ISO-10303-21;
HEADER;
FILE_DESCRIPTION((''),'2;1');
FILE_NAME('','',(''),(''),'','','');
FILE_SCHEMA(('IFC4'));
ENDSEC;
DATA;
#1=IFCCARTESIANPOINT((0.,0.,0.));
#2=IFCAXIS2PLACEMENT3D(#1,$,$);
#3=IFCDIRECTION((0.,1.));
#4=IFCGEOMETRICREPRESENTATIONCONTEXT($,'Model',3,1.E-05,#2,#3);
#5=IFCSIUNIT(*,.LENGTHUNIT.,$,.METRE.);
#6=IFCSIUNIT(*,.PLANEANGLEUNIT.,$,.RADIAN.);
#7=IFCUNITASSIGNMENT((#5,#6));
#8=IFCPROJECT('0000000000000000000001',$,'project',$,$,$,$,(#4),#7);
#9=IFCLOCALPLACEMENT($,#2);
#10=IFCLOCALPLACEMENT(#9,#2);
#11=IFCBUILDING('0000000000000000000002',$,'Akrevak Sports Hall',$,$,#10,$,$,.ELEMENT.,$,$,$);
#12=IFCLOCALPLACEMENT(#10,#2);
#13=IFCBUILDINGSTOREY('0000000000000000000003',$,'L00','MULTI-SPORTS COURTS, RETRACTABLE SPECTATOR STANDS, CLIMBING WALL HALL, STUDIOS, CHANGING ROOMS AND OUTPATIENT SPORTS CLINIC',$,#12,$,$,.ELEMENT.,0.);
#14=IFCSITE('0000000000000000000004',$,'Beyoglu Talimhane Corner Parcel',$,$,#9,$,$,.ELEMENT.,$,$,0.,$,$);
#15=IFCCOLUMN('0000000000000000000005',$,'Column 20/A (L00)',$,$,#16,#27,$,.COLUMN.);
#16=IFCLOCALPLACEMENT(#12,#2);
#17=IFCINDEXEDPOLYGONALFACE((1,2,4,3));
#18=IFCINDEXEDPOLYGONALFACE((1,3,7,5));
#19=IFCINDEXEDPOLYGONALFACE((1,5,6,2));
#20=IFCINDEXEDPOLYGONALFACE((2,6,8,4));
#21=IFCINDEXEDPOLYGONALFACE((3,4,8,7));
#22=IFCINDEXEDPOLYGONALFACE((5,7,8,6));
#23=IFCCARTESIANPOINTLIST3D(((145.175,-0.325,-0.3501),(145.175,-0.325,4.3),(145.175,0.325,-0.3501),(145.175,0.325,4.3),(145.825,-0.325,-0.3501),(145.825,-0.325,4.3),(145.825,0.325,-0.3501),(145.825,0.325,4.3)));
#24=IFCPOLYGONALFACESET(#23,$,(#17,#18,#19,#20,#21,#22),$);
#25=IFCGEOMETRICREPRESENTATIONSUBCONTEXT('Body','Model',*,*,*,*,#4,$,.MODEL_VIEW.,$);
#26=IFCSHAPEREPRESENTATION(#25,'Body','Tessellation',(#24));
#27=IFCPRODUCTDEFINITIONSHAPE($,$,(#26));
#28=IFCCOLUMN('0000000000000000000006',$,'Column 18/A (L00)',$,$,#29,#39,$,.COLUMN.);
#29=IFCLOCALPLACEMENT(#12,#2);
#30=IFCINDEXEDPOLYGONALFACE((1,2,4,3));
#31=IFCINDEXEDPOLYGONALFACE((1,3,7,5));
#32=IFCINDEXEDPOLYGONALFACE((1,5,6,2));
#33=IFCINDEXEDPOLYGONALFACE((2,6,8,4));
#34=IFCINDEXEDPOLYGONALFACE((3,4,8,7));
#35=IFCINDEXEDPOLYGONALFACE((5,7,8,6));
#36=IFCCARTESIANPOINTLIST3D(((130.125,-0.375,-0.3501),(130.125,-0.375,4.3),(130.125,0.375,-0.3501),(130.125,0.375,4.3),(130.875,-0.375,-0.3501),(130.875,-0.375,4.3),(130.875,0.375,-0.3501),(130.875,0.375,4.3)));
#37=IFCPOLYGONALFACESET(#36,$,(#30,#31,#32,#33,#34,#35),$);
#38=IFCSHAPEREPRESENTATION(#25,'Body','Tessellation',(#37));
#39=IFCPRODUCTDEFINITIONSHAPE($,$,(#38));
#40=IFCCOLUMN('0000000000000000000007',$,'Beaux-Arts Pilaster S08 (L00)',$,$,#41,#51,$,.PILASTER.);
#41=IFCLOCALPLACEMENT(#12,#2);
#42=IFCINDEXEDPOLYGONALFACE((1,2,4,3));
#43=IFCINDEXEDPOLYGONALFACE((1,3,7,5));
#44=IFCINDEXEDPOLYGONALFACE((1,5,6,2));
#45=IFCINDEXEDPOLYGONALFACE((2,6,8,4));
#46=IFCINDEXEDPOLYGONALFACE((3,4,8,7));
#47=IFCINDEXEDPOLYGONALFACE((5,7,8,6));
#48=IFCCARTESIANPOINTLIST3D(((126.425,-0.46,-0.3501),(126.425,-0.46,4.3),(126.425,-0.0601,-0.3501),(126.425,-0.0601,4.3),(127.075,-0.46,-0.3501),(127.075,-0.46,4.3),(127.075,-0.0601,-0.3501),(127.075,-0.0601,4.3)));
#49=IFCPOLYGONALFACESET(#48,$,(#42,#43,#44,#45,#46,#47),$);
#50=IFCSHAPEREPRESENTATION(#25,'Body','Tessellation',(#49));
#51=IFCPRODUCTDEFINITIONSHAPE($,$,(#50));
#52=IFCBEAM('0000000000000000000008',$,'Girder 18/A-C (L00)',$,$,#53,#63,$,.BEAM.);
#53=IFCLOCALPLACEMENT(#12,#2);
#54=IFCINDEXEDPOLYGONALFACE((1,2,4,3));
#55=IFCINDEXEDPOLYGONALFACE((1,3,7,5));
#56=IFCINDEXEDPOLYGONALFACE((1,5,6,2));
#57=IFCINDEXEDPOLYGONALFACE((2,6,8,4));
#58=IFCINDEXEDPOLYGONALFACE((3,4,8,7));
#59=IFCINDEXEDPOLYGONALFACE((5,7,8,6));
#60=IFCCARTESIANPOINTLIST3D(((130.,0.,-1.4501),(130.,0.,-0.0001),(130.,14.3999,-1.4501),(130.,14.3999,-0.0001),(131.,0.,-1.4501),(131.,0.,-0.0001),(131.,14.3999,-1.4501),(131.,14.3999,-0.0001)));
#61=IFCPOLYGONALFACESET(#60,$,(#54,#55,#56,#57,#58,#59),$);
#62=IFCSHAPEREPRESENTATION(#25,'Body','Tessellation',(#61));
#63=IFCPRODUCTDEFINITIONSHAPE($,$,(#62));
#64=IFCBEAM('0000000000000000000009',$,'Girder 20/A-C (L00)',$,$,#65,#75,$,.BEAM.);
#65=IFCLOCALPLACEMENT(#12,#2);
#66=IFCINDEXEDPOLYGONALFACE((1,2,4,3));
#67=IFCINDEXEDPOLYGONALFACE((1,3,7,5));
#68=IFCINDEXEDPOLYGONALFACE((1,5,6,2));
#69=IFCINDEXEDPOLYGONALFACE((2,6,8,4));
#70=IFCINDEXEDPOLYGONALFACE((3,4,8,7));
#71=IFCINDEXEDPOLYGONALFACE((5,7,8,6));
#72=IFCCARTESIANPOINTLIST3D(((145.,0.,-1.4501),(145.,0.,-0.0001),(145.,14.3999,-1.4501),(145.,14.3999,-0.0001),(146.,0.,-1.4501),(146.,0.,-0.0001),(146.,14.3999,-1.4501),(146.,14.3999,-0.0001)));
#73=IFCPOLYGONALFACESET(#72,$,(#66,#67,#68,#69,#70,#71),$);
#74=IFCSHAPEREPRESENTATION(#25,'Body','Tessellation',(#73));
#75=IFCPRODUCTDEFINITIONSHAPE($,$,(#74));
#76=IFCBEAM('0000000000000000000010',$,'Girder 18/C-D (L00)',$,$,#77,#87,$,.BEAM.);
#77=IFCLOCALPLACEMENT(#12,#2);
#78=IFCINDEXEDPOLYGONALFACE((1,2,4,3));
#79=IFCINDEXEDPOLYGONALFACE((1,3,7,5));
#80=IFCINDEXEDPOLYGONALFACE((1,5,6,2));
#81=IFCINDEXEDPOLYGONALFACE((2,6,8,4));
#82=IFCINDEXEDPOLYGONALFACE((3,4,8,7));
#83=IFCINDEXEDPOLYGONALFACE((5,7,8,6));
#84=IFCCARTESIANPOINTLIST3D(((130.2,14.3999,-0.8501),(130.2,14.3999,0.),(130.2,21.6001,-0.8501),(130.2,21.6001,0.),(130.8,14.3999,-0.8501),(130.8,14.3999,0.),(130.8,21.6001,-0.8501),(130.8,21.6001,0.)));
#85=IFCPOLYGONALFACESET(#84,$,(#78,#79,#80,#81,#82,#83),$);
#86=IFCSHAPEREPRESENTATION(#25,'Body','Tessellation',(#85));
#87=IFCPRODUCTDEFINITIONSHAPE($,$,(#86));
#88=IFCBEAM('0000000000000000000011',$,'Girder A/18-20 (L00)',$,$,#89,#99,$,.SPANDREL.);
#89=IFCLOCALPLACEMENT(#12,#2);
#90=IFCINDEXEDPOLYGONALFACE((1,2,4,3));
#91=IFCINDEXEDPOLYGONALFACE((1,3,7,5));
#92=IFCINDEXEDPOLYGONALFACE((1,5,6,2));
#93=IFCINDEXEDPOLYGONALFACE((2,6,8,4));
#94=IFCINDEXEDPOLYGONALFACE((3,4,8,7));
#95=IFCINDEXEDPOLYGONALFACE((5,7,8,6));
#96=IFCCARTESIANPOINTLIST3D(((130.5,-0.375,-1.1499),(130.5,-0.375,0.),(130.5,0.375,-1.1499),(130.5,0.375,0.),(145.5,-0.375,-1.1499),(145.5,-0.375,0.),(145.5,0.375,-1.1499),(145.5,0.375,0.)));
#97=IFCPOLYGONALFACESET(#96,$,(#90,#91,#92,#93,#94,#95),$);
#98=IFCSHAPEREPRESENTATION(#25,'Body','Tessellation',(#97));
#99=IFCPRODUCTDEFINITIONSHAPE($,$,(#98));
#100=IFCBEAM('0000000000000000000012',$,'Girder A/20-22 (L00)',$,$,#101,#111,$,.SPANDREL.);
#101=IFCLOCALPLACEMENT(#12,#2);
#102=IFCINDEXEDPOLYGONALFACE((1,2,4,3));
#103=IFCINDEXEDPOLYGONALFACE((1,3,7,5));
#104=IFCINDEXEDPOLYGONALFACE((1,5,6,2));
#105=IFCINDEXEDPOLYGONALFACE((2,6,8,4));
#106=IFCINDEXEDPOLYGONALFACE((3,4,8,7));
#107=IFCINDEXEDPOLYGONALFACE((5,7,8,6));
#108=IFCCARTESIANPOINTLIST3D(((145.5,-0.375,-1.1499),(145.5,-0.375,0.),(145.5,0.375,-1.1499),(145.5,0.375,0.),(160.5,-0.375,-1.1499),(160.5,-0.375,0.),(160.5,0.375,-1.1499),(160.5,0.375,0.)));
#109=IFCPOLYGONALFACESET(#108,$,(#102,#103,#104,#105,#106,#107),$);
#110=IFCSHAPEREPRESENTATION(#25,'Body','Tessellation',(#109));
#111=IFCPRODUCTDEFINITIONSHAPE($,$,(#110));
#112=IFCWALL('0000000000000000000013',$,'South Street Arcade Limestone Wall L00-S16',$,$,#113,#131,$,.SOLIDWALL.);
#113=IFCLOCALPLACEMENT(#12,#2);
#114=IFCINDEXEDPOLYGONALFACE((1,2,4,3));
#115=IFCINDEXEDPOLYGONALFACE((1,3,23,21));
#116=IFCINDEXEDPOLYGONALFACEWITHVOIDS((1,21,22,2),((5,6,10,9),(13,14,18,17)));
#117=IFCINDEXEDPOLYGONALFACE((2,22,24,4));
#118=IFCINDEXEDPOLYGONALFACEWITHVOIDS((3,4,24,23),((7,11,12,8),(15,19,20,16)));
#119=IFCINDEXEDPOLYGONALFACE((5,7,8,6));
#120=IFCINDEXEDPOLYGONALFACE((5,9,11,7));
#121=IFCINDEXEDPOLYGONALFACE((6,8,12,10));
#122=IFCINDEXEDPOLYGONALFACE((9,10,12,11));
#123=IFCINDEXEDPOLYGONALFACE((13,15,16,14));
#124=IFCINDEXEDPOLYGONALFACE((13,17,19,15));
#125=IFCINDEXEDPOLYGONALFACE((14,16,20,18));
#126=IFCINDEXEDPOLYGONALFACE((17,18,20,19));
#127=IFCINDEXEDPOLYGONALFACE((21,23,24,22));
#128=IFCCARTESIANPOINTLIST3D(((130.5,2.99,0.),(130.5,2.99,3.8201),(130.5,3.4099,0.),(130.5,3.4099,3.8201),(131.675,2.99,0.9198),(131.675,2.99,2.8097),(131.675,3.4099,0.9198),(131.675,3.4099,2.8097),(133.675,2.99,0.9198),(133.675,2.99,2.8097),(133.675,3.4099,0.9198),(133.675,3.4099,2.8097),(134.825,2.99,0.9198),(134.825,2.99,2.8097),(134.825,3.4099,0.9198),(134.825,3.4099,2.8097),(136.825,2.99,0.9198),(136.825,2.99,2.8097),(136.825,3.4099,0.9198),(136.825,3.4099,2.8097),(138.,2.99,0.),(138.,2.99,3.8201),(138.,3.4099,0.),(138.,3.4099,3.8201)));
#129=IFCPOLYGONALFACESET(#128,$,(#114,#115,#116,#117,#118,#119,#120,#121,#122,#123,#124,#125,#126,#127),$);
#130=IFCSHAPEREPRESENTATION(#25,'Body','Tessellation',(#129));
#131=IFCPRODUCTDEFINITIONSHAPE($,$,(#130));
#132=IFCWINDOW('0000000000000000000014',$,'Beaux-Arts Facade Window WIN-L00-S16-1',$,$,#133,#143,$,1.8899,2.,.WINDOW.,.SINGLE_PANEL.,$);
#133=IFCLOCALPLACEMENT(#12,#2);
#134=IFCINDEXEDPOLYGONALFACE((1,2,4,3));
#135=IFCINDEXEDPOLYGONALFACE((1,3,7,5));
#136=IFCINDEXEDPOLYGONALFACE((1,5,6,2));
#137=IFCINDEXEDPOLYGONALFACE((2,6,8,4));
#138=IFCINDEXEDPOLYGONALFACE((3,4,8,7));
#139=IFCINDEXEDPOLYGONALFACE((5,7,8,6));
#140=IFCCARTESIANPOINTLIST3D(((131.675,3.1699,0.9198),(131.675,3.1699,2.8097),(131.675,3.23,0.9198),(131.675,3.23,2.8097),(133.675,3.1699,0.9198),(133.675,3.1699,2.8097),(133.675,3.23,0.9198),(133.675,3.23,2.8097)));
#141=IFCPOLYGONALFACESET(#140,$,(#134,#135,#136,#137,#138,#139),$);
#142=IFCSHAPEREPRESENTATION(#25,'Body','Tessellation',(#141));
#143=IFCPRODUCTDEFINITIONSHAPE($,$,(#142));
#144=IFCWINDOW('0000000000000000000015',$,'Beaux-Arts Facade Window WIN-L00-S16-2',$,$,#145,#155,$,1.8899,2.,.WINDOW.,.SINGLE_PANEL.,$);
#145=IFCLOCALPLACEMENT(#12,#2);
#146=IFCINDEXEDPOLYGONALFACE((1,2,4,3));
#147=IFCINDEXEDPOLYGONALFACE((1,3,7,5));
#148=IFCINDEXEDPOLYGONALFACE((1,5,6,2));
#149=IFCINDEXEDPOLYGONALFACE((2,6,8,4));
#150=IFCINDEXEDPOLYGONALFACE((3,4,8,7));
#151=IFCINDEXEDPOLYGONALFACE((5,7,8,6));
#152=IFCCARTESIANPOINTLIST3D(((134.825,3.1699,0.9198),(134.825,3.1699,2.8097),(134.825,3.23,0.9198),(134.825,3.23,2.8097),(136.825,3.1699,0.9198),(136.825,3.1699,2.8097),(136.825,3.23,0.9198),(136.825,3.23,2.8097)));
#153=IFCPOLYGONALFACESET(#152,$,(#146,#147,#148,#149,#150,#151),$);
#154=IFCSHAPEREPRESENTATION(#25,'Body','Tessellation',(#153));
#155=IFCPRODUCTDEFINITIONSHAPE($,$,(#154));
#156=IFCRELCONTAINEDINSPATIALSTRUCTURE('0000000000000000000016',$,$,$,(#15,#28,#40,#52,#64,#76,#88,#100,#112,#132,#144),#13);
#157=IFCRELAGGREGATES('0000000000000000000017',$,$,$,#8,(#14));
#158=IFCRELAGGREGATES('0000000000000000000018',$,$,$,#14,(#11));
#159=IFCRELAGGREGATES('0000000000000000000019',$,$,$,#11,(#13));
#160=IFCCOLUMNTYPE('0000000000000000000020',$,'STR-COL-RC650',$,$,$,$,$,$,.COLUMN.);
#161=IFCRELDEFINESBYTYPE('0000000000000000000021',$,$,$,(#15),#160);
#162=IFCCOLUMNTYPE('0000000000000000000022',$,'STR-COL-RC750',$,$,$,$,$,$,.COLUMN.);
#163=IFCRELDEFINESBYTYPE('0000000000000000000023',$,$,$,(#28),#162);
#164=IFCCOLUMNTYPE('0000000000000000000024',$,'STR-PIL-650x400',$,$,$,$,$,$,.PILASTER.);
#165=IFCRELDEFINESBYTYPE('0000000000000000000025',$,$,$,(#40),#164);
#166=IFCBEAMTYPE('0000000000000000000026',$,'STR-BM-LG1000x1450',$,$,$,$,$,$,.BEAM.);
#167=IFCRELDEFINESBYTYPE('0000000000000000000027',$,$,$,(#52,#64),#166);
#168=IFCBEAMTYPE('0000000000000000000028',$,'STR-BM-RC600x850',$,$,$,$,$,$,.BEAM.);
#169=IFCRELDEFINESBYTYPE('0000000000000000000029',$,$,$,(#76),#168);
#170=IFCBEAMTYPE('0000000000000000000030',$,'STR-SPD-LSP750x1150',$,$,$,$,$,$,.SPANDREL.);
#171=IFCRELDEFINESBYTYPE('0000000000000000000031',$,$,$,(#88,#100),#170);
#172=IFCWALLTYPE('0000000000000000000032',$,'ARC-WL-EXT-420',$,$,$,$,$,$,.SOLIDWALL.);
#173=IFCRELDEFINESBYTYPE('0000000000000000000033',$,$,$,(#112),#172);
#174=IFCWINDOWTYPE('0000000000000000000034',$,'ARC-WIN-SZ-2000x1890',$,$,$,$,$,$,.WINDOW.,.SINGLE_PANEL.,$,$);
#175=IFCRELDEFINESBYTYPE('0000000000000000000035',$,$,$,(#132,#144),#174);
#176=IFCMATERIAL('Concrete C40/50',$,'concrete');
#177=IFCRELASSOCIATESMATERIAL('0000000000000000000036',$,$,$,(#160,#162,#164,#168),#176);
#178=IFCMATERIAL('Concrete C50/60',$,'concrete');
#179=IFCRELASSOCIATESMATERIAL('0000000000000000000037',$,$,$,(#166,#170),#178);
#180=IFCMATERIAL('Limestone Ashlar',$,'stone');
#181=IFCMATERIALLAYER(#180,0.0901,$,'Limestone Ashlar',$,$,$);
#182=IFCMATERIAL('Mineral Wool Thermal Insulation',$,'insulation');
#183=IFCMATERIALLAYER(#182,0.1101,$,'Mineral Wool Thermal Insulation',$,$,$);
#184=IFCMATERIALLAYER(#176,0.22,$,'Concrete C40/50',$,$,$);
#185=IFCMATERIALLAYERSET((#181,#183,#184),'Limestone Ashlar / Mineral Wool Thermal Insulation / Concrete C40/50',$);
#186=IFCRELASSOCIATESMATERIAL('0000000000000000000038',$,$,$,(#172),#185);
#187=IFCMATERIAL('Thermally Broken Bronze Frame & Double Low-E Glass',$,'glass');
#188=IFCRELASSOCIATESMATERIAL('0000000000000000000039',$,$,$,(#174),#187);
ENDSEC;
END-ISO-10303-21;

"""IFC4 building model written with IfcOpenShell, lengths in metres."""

from ifc_helpers import new_model, si_unit, direction, frame, frame_2d, origin, origin_2d, place, context, subcontext, project, spatial, rectangle, extrude, material, layer, layer_set, material_profile, profile_set, type_object, element, fill, save


model = new_model("IFC4")

# Units and contexts
model_context = context("Model", 3, precision=1e-05, world=origin(), true_north=direction((0.0, 1.0)))
body_context = subcontext(model_context, "Body", "Model", "MODEL_VIEW")
ifc_project = project(units=[si_unit("LENGTHUNIT", "METRE"), si_unit("PLANEANGLEUNIT", "RADIAN")], contexts=[model_context])

# Site, building, storey
site_placement = place(None, origin())
site = spatial("IfcSite", under=ifc_project, at=site_placement, Name="Beyoglu Talimhane Corner Parcel", CompositionType="ELEMENT", RefElevation=0.0)
building_placement = place(site_placement, origin())
building = spatial("IfcBuilding", under=site, at=building_placement, Name="Akrevak Sports Hall", CompositionType="ELEMENT")
storey_placement = place(building_placement, origin())
storey = spatial("IfcBuildingStorey", under=building, at=storey_placement, Name="L00", Description="MULTI-SPORTS COURTS, RETRACTABLE SPECTATOR STANDS, CLIMBING WALL HALL, STUDIOS, CHANGING ROOMS AND OUTPATIENT SPORTS CLINIC", CompositionType="ELEMENT", Elevation=0.0)

# Columns
ifc_material_1 = material(Name="Concrete C40/50", Category="concrete")
ifc_material_profile_1 = material_profile(ifc_material_1, rectangle(XDim=0.6499, YDim=0.6499, at=origin_2d()), Name="RC 650x650", Category="concrete")
ifc_profile_set_1 = profile_set([ifc_material_profile_1], Name="Concrete C40/50")
column_type_1 = type_object("IfcColumnType", Name="STR-COL-RC650", PredefinedType="COLUMN", material=ifc_profile_set_1)
column_1_placement = place(storey_placement, frame((145.5, 0.0, -0.3501), z_axis=(0.0, 0.0, 1.0), x_axis=(1.0, 0.0, 0.0)))
element("IfcColumn", 1, at=column_1_placement, inside=storey, type_object=column_type_1, Name="Column 20/A (L00)", PredefinedType="COLUMN", context=body_context, shape_type="SweptSolid", body=[
    extrude(rectangle(XDim=0.6499, YDim=0.6499, at=origin_2d()), origin(), (0.0, 0.0, 1.0), 4.6501),
])
ifc_material_profile_2 = material_profile(ifc_material_1, rectangle(XDim=0.75, YDim=0.75, at=origin_2d()), Name="RC 750x750", Category="concrete")
ifc_profile_set_2 = profile_set([ifc_material_profile_2], Name="Concrete C40/50")
column_type_2 = type_object("IfcColumnType", Name="STR-COL-RC750", PredefinedType="COLUMN", material=ifc_profile_set_2)
column_2_placement = place(storey_placement, frame((130.5, 0.0, -0.3501), z_axis=(0.0, 0.0, 1.0), x_axis=(1.0, 0.0, 0.0)))
element("IfcColumn", 2, at=column_2_placement, inside=storey, type_object=column_type_2, Name="Column 18/A (L00)", PredefinedType="COLUMN", context=body_context, shape_type="SweptSolid", body=[
    extrude(rectangle(XDim=0.75, YDim=0.75, at=origin_2d()), origin(), (0.0, 0.0, 1.0), 4.6501),
])
ifc_material_profile_3 = material_profile(ifc_material_1, rectangle(XDim=0.6499, YDim=0.3999, at=origin_2d()), Name="PIL 650x400", Category="concrete")
ifc_profile_set_3 = profile_set([ifc_material_profile_3], Name="Concrete C40/50")
column_type_3 = type_object("IfcColumnType", Name="STR-PIL-650x400", PredefinedType="PILASTER", material=ifc_profile_set_3)
column_3_placement = place(storey_placement, frame((126.75, -0.26, -0.3501), z_axis=(0.0, 0.0, 1.0), x_axis=(1.0, 0.0, 0.0)))
element("IfcColumn", 3, at=column_3_placement, inside=storey, type_object=column_type_3, Name="Beaux-Arts Pilaster S08 (L00)", PredefinedType="PILASTER", context=body_context, shape_type="SweptSolid", body=[
    extrude(rectangle(XDim=0.6499, YDim=0.3999, at=origin_2d()), origin(), (0.0, 0.0, 1.0), 4.6501),
])

# Beams
ifc_material_2 = material(Name="Concrete C50/60", Category="concrete")
ifc_material_profile_4 = material_profile(ifc_material_2, rectangle(XDim=1.0, YDim=1.45, at=origin_2d()), Name="BM 1000x1450", Category="concrete")
ifc_profile_set_4 = profile_set([ifc_material_profile_4], Name="Concrete C50/60")
beam_type_1 = type_object("IfcBeamType", Name="STR-BM-LG1000x1450", PredefinedType="BEAM", material=ifc_profile_set_4)
for number, where, z_axis, x_axis, name in (
    (4, (130.5, 0.0, -0.7251), (0.0, 1.0, 0.0), (-1.0, 0.0, 0.0), "Girder 18/A-C (L00)"),
    (5, (145.5, 0.0, -0.7251), (0.0, 1.0, 0.0), (-1.0, 0.0, 0.0), "Girder 20/A-C (L00)"),
):
    element("IfcBeam", number, at=place(storey_placement, frame(where, z_axis=z_axis, x_axis=x_axis)), inside=storey, type_object=beam_type_1, Name=name, PredefinedType="BEAM", context=body_context, shape_type="SweptSolid", body=[
        extrude(rectangle(XDim=1.0, YDim=1.45, at=origin_2d()), origin(), (0.0, 0.0, 1.0), 14.3999),
    ])
ifc_material_profile_5 = material_profile(ifc_material_1, rectangle(XDim=0.6001, YDim=0.8501, at=origin_2d()), Name="BM 600x850", Category="concrete")
ifc_profile_set_5 = profile_set([ifc_material_profile_5], Name="Concrete C40/50")
beam_type_2 = type_object("IfcBeamType", Name="STR-BM-RC600x850", PredefinedType="BEAM", material=ifc_profile_set_5)
beam_placement = place(storey_placement, frame((130.5, 14.3999, -0.425), z_axis=(0.0, 1.0, 0.0), x_axis=(-1.0, 0.0, 0.0)))
element("IfcBeam", 6, at=beam_placement, inside=storey, type_object=beam_type_2, Name="Girder 18/C-D (L00)", PredefinedType="BEAM", context=body_context, shape_type="SweptSolid", body=[
    extrude(rectangle(XDim=0.6001, YDim=0.8501, at=origin_2d()), origin(), (0.0, 0.0, 1.0), 7.2002),
])
ifc_material_profile_6 = material_profile(ifc_material_2, rectangle(XDim=0.75, YDim=1.1499, at=origin_2d()), Name="SPD 750x1150", Category="concrete")
ifc_profile_set_6 = profile_set([ifc_material_profile_6], Name="Concrete C50/60")
beam_type_3 = type_object("IfcBeamType", Name="STR-SPD-LSP750x1150", PredefinedType="SPANDREL", material=ifc_profile_set_6)
for number, where, z_axis, x_axis, name in (
    (7, (130.5, 0.0, -0.575), (1.0, 0.0, 0.0), (0.0, 1.0, 0.0), "Girder A/18-20 (L00)"),
    (8, (145.5, 0.0, -0.575), (1.0, 0.0, 0.0), (0.0, 1.0, 0.0), "Girder A/20-22 (L00)"),
):
    element("IfcBeam", number, at=place(storey_placement, frame(where, z_axis=z_axis, x_axis=x_axis)), inside=storey, type_object=beam_type_3, Name=name, PredefinedType="SPANDREL", context=body_context, shape_type="SweptSolid", body=[
        extrude(rectangle(XDim=0.75, YDim=1.1499, at=origin_2d()), origin(), (0.0, 0.0, 1.0), 15.0),
    ])

# Wall, openings, windows
ifc_material_3 = material(Name="Limestone Ashlar", Category="stone")
ifc_layer_1 = layer(ifc_material_3, 0.0901, Name="Limestone Ashlar")
ifc_material_4 = material(Name="Mineral Wool Thermal Insulation", Category="insulation")
ifc_layer_2 = layer(ifc_material_4, 0.1101, Name="Mineral Wool Thermal Insulation")
ifc_layer_3 = layer(ifc_material_1, 0.22, Name="Concrete C40/50")
ifc_layer_set_1 = layer_set([ifc_layer_1, ifc_layer_2, ifc_layer_3], Name="Limestone Ashlar / Mineral Wool Thermal Insulation / Concrete C40/50")
wall_type_1 = type_object("IfcWallType", Name="ARC-WL-EXT-420", PredefinedType="SOLIDWALL", material=ifc_layer_set_1)
wall_1_placement = place(storey_placement, frame((130.5, 3.2, 0.0), z_axis=(0.0, 0.0, 1.0), x_axis=(1.0, 0.0, 0.0)))
wall_1 = element("IfcWall", 9, at=wall_1_placement, inside=storey, type_object=wall_type_1, Name="South Street Arcade Limestone Wall L00-S16", PredefinedType="SOLIDWALL", context=body_context, shape_type="SweptSolid", body=[
    extrude(rectangle(XDim=7.5, YDim=0.4199, at=frame_2d((3.75, 0.0))), origin(), (0.0, 0.0, 1.0), 3.8201),
])
opening_1_placement = place(wall_1_placement, frame((1.175, 0.0, 0.9199)))
opening_1 = element("IfcOpeningElement", 10, at=opening_1_placement, cuts=wall_1, PredefinedType="OPENING", context=body_context, shape_type="SweptSolid", body=[
    extrude(rectangle(XDim=2.0, YDim=1.8899, at=frame_2d((1.0, 0.9448))), frame((0.0, 0.2219, 0.0), z_axis=(0.0, -1.0, 0.0), x_axis=(1.0, 0.0, 0.0)), (0.0, 0.0, 1.0), 0.4438),
])
opening_2_placement = place(wall_1_placement, frame((4.325, 0.0, 0.9199)))
opening_2 = element("IfcOpeningElement", 11, at=opening_2_placement, cuts=wall_1, PredefinedType="OPENING", context=body_context, shape_type="SweptSolid", body=[
    extrude(rectangle(XDim=2.0, YDim=1.8899, at=frame_2d((1.0, 0.9448))), frame((0.0, 0.2219, 0.0), z_axis=(0.0, -1.0, 0.0), x_axis=(1.0, 0.0, 0.0)), (0.0, 0.0, 1.0), 0.4438),
])
ifc_material_5 = material(Name="Thermally Broken Bronze Frame & Double Low-E Glass", Category="glass")
window_type = type_object("IfcWindowType", Name="ARC-WIN-SZ-2000x1890", PartitioningType="SINGLE_PANEL", PredefinedType="WINDOW", material=ifc_material_5)
window_1_placement = place(opening_1_placement, origin())
window_1 = element("IfcWindow", 12, at=window_1_placement, inside=storey, type_object=window_type, Name="Beaux-Arts Facade Window WIN-L00-S16-1", OverallHeight=1.8899, OverallWidth=2.0, PartitioningType="SINGLE_PANEL", PredefinedType="WINDOW", context=body_context, shape_type="SweptSolid", body=[
    extrude(rectangle(XDim=2.0, YDim=1.8899, at=frame_2d((1.0, 0.9448))), frame((0.0, 0.03, 0.0), z_axis=(0.0, -1.0, 0.0), x_axis=(1.0, 0.0, 0.0)), (0.0, 0.0, 1.0), 0.0601),
])
fill(opening_1, window_1)
window_2_placement = place(opening_2_placement, origin())
window_2 = element("IfcWindow", 13, at=window_2_placement, inside=storey, type_object=window_type, Name="Beaux-Arts Facade Window WIN-L00-S16-2", OverallHeight=1.8899, OverallWidth=2.0, PartitioningType="SINGLE_PANEL", PredefinedType="WINDOW", context=body_context, shape_type="SweptSolid", body=[
    extrude(rectangle(XDim=2.0, YDim=1.8899, at=frame_2d((1.0, 0.9448))), frame((0.0, 0.03, 0.0), z_axis=(0.0, -1.0, 0.0), x_axis=(1.0, 0.0, 0.0)), (0.0, 0.0, 1.0), 0.0601),
])
fill(opening_2, window_2)

save(model, "model.ifc")
